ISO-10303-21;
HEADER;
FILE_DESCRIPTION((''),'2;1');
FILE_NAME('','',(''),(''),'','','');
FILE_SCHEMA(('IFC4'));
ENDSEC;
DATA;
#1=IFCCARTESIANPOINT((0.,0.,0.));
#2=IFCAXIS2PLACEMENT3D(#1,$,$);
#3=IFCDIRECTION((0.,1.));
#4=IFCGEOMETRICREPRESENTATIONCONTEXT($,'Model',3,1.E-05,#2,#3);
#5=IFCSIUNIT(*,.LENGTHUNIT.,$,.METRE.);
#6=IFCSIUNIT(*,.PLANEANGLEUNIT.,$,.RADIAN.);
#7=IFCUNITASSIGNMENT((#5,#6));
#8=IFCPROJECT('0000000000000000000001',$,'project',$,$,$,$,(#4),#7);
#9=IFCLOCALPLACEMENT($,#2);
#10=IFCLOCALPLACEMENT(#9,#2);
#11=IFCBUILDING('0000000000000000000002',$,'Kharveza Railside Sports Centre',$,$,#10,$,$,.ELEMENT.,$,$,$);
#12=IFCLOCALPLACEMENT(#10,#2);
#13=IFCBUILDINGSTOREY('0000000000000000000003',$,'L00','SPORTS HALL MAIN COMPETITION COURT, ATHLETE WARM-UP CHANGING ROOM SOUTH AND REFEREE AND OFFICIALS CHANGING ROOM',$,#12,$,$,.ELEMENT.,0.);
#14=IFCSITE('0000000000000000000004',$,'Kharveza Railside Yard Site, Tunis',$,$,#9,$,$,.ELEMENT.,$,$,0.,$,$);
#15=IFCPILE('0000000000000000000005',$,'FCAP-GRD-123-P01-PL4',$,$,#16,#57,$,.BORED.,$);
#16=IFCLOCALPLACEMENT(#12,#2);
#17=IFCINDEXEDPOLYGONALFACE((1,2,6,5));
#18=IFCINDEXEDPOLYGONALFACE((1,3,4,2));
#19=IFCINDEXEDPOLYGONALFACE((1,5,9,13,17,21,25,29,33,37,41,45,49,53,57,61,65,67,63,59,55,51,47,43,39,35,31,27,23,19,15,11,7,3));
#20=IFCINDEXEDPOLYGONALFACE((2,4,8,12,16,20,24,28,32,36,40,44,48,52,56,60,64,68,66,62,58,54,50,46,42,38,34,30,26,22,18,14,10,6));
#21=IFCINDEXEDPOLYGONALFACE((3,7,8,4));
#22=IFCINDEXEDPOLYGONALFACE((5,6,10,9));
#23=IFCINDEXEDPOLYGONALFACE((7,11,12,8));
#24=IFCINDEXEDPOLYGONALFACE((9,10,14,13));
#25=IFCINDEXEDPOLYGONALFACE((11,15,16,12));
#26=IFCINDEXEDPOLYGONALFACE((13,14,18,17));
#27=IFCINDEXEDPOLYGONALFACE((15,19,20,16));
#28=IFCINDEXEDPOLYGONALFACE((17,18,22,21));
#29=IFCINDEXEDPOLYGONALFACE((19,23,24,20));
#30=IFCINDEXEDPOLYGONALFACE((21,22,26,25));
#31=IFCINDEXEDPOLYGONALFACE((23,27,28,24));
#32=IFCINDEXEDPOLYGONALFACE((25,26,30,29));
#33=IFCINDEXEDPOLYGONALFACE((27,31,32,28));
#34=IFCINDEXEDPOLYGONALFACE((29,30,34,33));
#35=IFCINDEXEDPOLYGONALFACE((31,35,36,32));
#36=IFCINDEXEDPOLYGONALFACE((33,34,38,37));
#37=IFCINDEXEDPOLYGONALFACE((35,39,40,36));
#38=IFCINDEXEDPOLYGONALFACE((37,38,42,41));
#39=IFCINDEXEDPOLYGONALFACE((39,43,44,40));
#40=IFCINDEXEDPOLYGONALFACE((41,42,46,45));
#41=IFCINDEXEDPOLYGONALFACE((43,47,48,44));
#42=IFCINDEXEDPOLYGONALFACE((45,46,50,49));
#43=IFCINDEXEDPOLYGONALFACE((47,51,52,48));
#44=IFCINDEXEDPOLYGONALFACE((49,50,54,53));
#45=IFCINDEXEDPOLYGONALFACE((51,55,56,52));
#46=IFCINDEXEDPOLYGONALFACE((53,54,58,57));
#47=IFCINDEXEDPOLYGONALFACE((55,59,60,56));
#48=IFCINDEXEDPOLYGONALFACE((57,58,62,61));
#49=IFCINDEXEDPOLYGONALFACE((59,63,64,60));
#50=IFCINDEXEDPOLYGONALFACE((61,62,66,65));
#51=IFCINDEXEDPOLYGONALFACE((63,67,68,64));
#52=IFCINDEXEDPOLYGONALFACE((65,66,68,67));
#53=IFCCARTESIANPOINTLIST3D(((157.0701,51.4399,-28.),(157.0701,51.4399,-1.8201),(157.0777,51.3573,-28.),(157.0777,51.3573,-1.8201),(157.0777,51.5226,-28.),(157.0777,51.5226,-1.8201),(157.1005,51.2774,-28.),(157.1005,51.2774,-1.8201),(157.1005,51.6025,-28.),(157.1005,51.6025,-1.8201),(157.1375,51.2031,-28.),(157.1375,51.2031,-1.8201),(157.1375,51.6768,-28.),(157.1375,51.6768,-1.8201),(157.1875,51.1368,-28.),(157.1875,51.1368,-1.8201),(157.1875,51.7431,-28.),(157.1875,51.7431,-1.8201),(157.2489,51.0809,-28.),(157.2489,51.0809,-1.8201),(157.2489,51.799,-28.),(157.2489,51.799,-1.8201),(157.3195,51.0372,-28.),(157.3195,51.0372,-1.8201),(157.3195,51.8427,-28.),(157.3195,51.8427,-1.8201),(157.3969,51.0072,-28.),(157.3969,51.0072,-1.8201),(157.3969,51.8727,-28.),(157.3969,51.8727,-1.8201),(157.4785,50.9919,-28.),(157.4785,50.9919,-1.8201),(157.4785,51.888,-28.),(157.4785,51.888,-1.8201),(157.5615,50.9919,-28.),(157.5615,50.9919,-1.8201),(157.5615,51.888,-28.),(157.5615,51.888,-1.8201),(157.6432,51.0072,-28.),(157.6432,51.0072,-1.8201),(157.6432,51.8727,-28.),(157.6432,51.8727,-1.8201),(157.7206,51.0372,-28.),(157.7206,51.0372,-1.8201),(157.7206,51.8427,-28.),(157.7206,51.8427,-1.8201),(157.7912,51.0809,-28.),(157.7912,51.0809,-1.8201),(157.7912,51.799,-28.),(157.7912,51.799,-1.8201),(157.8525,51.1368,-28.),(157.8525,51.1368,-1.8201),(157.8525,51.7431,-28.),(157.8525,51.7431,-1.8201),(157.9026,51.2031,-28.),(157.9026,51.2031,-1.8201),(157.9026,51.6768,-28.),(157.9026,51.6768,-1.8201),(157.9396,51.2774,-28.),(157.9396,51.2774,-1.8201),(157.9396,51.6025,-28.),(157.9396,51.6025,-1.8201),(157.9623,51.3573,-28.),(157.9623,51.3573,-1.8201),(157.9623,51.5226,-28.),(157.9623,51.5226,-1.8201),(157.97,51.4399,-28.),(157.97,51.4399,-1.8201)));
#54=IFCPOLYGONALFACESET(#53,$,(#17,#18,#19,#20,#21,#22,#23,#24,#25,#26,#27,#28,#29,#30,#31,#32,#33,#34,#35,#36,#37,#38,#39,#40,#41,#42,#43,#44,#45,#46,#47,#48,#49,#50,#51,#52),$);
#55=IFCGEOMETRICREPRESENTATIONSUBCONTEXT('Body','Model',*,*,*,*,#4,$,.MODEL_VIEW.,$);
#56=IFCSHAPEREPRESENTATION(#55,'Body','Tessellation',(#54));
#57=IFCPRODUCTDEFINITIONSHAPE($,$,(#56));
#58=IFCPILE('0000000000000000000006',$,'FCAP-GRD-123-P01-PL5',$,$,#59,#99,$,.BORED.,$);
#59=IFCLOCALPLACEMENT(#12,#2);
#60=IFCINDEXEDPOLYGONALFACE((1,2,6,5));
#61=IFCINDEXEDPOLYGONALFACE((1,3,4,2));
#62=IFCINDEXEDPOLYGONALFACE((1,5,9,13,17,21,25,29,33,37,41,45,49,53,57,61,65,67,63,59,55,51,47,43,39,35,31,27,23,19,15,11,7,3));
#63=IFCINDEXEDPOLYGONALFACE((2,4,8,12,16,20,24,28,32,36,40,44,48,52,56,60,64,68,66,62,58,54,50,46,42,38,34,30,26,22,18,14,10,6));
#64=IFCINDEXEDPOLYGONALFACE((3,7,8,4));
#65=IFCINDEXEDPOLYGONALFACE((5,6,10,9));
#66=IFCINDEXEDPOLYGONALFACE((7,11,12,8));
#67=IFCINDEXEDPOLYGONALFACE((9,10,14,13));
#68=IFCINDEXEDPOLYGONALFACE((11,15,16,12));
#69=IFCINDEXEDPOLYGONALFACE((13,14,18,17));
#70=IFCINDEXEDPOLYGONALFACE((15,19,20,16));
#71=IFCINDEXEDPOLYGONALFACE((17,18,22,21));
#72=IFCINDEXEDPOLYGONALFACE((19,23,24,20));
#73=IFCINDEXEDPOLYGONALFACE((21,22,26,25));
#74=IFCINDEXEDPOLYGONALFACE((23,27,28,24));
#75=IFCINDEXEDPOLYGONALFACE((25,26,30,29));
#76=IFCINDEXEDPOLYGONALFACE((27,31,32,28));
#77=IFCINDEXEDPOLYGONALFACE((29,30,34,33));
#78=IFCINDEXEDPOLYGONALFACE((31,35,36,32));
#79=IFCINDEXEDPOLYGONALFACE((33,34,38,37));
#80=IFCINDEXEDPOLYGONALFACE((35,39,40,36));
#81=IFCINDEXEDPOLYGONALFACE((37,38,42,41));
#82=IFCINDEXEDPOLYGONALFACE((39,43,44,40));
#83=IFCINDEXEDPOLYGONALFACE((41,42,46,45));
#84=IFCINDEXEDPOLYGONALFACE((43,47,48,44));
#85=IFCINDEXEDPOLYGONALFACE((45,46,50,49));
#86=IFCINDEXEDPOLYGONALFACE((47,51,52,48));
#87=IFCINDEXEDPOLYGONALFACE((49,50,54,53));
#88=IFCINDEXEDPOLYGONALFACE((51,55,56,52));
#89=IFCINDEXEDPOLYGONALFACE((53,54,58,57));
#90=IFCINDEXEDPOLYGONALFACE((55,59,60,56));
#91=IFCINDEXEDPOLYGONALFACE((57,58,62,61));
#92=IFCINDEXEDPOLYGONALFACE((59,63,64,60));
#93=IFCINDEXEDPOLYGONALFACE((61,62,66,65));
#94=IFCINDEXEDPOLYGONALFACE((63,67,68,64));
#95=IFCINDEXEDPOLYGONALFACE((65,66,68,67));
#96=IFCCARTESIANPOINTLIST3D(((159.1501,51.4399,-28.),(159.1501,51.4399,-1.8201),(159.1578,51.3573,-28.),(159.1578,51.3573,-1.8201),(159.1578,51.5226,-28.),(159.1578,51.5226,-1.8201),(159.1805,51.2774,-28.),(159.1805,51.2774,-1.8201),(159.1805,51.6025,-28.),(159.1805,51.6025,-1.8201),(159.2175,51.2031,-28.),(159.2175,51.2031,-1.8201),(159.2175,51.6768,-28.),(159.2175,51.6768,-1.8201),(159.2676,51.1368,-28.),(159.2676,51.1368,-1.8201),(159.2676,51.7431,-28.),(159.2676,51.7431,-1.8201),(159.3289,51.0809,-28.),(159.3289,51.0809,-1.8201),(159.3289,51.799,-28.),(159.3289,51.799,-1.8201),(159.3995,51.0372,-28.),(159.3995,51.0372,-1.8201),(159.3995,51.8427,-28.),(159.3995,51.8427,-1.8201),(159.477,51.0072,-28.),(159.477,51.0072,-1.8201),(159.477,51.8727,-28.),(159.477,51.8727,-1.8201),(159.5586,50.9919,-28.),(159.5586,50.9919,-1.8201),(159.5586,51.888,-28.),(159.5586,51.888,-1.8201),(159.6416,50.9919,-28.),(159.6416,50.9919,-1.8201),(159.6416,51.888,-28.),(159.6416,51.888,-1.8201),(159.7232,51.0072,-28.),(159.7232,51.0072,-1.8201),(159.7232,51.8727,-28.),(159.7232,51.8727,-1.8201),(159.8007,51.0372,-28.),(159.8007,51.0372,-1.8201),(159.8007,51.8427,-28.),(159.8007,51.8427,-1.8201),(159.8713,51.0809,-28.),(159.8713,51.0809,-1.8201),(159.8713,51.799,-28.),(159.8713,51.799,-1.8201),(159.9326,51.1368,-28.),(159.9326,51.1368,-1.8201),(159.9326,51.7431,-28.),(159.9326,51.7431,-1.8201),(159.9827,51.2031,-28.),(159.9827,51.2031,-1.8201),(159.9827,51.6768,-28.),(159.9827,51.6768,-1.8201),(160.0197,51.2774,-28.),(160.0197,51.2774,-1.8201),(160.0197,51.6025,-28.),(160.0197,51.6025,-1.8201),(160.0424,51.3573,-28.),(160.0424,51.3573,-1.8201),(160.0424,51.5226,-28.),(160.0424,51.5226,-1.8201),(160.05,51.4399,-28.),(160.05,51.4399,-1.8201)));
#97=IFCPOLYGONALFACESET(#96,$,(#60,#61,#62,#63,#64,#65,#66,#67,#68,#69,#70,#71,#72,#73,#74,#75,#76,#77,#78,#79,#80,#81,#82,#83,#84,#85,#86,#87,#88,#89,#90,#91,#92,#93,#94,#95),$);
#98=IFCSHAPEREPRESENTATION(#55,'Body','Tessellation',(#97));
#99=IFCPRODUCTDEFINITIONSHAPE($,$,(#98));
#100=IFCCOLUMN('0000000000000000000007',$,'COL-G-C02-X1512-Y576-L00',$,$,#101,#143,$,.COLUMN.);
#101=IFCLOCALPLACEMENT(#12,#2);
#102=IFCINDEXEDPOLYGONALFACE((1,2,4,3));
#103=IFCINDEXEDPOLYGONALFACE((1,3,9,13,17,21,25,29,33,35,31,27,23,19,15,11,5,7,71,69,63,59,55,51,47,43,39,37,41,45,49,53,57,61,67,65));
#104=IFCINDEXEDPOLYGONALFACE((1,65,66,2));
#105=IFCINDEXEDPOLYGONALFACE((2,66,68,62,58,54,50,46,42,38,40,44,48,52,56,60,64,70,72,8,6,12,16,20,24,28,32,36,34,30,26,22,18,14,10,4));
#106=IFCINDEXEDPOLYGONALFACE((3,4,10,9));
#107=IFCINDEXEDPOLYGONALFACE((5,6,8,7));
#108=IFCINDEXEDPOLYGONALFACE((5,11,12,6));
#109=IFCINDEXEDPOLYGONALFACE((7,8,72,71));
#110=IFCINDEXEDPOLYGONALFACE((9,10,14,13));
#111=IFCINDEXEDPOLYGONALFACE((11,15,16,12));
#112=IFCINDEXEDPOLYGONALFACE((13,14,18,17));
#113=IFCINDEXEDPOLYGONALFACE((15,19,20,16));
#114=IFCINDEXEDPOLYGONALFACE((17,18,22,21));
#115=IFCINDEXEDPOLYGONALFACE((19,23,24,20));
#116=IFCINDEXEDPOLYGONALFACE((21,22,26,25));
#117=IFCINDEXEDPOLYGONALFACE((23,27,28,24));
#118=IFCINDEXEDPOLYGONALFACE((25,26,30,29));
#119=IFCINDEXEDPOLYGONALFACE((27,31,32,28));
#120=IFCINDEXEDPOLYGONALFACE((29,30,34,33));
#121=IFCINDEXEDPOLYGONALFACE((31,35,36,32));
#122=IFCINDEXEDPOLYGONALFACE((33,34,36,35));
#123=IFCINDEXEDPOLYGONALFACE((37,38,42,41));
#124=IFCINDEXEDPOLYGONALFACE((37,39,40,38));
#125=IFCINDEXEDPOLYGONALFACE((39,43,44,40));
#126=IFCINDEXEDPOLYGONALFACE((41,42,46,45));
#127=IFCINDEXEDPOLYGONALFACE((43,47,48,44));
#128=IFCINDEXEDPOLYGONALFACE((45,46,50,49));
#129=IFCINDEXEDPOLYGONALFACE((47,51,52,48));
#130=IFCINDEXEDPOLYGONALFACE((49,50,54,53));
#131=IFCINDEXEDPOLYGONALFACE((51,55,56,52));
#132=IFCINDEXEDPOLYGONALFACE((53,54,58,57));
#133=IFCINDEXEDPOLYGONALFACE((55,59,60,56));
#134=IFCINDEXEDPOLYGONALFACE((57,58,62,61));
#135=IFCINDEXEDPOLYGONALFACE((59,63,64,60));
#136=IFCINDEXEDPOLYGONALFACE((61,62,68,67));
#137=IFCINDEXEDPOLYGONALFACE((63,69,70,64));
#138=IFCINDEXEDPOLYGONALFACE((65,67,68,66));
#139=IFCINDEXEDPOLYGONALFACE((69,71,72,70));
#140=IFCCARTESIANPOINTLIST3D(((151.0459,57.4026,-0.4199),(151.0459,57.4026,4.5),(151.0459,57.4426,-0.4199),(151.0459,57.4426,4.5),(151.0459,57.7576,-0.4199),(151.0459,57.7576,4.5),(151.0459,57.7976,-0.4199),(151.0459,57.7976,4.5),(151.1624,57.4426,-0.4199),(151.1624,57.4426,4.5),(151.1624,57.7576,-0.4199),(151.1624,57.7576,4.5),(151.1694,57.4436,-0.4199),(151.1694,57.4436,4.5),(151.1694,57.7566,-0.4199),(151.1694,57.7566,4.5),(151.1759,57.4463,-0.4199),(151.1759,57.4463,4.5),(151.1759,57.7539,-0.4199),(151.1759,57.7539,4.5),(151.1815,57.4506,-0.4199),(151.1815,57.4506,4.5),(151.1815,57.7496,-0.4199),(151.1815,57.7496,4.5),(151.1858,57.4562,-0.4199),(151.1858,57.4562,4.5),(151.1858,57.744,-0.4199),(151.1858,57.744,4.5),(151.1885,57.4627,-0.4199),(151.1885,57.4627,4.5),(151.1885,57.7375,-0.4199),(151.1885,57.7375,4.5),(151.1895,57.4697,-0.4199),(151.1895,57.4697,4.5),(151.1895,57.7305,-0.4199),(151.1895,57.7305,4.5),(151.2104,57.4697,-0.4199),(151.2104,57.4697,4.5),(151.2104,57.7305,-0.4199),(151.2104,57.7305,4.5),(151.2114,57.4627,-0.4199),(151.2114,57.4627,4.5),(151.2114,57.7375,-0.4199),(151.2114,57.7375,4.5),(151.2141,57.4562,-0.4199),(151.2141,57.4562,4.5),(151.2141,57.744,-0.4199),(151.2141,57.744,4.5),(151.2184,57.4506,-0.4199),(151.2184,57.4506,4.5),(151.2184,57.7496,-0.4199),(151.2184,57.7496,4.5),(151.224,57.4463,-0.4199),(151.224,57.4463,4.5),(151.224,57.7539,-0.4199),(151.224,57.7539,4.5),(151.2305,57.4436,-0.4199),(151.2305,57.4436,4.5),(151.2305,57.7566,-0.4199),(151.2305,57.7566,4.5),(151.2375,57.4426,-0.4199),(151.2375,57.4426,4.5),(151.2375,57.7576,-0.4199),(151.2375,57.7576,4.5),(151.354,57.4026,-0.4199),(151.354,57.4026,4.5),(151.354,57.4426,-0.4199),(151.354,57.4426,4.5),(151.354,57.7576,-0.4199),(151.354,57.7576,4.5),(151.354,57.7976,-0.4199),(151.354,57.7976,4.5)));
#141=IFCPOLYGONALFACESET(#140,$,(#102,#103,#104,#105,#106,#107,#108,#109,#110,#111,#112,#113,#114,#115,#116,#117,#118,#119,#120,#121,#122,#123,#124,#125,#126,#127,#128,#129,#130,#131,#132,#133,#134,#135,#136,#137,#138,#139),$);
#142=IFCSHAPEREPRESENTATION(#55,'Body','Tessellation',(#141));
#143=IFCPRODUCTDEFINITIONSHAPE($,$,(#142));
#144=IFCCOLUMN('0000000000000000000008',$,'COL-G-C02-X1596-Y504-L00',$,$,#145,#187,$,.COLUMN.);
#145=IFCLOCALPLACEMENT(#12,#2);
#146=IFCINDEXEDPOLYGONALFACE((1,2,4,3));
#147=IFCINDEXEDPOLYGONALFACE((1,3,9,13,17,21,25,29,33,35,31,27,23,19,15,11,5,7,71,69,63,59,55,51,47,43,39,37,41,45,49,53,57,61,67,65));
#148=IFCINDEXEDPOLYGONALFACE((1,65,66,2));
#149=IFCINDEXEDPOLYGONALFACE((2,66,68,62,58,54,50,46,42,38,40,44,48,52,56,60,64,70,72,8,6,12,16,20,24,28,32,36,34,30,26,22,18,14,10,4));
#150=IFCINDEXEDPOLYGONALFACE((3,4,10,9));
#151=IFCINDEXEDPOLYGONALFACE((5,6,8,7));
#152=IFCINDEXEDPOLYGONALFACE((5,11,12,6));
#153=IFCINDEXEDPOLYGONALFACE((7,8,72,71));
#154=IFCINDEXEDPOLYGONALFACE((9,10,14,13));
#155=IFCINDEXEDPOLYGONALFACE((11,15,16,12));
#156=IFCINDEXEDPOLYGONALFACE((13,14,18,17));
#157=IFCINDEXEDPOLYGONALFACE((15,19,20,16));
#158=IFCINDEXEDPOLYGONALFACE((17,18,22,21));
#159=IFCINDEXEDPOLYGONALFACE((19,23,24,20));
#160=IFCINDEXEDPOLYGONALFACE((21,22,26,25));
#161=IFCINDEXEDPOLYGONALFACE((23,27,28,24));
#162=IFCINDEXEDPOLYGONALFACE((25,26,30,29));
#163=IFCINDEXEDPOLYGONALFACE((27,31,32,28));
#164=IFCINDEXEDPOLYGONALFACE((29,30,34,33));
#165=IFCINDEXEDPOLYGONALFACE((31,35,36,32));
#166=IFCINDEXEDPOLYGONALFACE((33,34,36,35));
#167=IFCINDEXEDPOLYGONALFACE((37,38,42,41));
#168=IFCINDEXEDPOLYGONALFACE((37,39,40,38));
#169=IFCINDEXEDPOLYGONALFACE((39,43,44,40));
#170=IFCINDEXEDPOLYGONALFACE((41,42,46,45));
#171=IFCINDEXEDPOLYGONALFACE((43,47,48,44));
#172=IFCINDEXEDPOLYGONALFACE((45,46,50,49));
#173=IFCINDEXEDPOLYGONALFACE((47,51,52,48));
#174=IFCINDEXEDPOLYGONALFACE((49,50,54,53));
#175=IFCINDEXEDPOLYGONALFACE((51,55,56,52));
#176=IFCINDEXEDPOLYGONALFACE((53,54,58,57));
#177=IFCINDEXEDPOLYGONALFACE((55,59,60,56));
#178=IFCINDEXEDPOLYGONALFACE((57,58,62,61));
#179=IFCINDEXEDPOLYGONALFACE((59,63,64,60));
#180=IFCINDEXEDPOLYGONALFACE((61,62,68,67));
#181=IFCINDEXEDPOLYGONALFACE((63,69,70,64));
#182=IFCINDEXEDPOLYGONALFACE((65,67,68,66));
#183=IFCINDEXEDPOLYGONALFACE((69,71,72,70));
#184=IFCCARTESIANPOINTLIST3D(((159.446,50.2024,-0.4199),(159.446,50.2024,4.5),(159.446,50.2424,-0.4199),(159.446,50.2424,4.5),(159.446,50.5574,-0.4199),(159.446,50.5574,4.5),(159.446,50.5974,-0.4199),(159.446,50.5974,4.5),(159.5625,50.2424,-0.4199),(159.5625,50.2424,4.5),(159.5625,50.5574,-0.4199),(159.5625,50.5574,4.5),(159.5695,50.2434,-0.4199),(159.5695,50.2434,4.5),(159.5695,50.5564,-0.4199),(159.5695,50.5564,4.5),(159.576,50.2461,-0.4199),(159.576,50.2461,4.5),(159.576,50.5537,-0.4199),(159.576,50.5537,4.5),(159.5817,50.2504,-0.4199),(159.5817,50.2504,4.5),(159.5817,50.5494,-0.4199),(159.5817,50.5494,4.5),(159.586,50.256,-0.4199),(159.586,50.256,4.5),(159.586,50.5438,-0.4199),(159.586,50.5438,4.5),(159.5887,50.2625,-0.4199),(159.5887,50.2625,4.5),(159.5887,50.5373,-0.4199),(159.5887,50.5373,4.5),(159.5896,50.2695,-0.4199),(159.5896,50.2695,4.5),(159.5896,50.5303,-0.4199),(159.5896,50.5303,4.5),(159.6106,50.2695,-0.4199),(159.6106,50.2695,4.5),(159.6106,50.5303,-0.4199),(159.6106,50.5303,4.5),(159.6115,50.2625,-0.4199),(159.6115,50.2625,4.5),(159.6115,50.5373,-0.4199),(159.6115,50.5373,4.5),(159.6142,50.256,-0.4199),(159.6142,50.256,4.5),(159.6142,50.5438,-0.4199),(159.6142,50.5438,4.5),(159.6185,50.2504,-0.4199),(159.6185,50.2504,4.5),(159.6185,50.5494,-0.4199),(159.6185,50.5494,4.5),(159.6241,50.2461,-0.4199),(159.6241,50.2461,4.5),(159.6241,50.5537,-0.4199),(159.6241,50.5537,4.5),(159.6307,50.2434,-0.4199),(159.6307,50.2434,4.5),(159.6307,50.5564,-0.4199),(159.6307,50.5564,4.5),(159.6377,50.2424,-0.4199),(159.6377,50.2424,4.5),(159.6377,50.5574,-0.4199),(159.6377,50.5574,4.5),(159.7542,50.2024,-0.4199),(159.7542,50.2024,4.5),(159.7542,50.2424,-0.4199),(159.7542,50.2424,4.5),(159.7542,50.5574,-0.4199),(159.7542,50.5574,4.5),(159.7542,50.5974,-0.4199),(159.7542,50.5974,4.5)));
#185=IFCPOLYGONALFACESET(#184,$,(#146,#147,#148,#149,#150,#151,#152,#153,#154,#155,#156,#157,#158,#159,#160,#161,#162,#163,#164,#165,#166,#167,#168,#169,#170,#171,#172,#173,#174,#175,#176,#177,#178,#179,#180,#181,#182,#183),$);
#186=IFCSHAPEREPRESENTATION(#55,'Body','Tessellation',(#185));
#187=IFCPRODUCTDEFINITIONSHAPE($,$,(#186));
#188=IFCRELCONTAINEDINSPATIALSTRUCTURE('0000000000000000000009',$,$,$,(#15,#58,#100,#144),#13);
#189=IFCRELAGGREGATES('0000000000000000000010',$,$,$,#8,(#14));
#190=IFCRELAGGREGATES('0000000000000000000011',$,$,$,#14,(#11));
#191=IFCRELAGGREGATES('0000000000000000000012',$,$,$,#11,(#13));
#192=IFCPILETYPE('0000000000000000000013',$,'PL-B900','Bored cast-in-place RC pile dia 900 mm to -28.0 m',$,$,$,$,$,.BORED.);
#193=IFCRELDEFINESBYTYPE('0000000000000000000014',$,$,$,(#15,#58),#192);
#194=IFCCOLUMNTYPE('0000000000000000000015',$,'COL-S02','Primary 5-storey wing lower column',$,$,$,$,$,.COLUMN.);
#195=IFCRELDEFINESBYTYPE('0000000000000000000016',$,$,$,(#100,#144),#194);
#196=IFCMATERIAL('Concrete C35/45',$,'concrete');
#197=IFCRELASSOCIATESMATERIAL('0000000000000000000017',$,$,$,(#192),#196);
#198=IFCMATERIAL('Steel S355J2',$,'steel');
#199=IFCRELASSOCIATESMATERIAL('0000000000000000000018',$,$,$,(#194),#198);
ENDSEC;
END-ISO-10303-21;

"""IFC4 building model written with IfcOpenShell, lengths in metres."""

from ifc_helpers import new_model, si_unit, direction, frame, origin, origin_2d, place, context, subcontext, project, spatial, circle, i_section, extrude, material, material_profile, profile_set, type_object, element, save


model = new_model("IFC4")

# Units and contexts
model_context = context("Model", 3, precision=1e-05, world=origin(), true_north=direction((0.0, 1.0)))
body_context = subcontext(model_context, "Body", "Model", "MODEL_VIEW")
ifc_project = project(units=[si_unit("LENGTHUNIT", "METRE"), si_unit("PLANEANGLEUNIT", "RADIAN")], contexts=[model_context])

# Site, building, storey
site_placement = place(None, origin())
site = spatial("IfcSite", under=ifc_project, at=site_placement, Name="Kharveza Railside Yard Site, Tunis", CompositionType="ELEMENT", RefElevation=0.0)
building_placement = place(site_placement, origin())
building = spatial("IfcBuilding", under=site, at=building_placement, Name="Kharveza Railside Sports Centre", CompositionType="ELEMENT")
storey_placement = place(building_placement, origin())
storey = spatial("IfcBuildingStorey", under=building, at=storey_placement, Name="L00", Description="SPORTS HALL MAIN COMPETITION COURT, ATHLETE WARM-UP CHANGING ROOM SOUTH AND REFEREE AND OFFICIALS CHANGING ROOM", CompositionType="ELEMENT", Elevation=0.0)

# Shared definitions
ifc_material_1 = material(Name="Concrete C35/45", Category="concrete")

# Piles
ifc_material_profile_1 = material_profile(ifc_material_1, circle(Radius=0.45, at=origin_2d()), Name="PILE D900")
ifc_profile_set_1 = profile_set([ifc_material_profile_1], Name="Concrete C35/45")
pile_type_1 = type_object("IfcPileType", Name="PL-B900", Description="Bored cast-in-place RC pile dia 900 mm to -28.0 m", PredefinedType="BORED", material=ifc_profile_set_1)
for number, where, z_axis, x_axis, name in (
    (1, (157.52, 51.4399, -1.8201), (0.0, 0.0, -1.0), (1.0, 0.0, 0.0), "FCAP-GRD-123-P01-PL4"),
    (2, (159.6001, 51.4399, -1.8201), (0.0, 0.0, -1.0), (1.0, 0.0, 0.0), "FCAP-GRD-123-P01-PL5"),
):
    element("IfcPile", number, at=place(storey_placement, frame(where, z_axis=z_axis, x_axis=x_axis)), inside=storey, type_object=pile_type_1, Name=name, PredefinedType="BORED", context=body_context, shape_type="SweptSolid", body=[
        extrude(circle(Radius=0.45, at=origin_2d()), origin(), (0.0, 0.0, 1.0), 26.1799),
    ])

# Columns
ifc_material_2 = material(Name="Steel S355J2", Category="steel")
ifc_material_profile_2 = material_profile(ifc_material_2, i_section(OverallWidth=0.3081, OverallDepth=0.395, WebThickness=0.021, FlangeThickness=0.04, FilletRadius=0.0271, at=origin_2d()), Name="HEM 360")
ifc_profile_set_2 = profile_set([ifc_material_profile_2], Name="Steel S355J2")
column_type = type_object("IfcColumnType", Name="COL-S02", Description="Primary 5-storey wing lower column", PredefinedType="COLUMN", material=ifc_profile_set_2)
for number, where, z_axis, x_axis, name in (
    (3, (151.2, 57.6001, -0.4199), (0.0, 0.0, 1.0), (1.0, 0.0, 0.0), "COL-G-C02-X1512-Y576-L00"),
    (4, (159.6001, 50.3999, -0.4199), (0.0, 0.0, 1.0), (1.0, 0.0, 0.0), "COL-G-C02-X1596-Y504-L00"),
):
    element("IfcColumn", number, at=place(storey_placement, frame(where, z_axis=z_axis, x_axis=x_axis)), inside=storey, type_object=column_type, Name=name, PredefinedType="COLUMN", context=body_context, shape_type="SweptSolid", body=[
        extrude(i_section(OverallWidth=0.3081, OverallDepth=0.395, WebThickness=0.021, FlangeThickness=0.04, FilletRadius=0.0271, at=origin_2d()), origin(), (0.0, 0.0, 1.0), 4.9199),
    ])

save(model, "model.ifc")
